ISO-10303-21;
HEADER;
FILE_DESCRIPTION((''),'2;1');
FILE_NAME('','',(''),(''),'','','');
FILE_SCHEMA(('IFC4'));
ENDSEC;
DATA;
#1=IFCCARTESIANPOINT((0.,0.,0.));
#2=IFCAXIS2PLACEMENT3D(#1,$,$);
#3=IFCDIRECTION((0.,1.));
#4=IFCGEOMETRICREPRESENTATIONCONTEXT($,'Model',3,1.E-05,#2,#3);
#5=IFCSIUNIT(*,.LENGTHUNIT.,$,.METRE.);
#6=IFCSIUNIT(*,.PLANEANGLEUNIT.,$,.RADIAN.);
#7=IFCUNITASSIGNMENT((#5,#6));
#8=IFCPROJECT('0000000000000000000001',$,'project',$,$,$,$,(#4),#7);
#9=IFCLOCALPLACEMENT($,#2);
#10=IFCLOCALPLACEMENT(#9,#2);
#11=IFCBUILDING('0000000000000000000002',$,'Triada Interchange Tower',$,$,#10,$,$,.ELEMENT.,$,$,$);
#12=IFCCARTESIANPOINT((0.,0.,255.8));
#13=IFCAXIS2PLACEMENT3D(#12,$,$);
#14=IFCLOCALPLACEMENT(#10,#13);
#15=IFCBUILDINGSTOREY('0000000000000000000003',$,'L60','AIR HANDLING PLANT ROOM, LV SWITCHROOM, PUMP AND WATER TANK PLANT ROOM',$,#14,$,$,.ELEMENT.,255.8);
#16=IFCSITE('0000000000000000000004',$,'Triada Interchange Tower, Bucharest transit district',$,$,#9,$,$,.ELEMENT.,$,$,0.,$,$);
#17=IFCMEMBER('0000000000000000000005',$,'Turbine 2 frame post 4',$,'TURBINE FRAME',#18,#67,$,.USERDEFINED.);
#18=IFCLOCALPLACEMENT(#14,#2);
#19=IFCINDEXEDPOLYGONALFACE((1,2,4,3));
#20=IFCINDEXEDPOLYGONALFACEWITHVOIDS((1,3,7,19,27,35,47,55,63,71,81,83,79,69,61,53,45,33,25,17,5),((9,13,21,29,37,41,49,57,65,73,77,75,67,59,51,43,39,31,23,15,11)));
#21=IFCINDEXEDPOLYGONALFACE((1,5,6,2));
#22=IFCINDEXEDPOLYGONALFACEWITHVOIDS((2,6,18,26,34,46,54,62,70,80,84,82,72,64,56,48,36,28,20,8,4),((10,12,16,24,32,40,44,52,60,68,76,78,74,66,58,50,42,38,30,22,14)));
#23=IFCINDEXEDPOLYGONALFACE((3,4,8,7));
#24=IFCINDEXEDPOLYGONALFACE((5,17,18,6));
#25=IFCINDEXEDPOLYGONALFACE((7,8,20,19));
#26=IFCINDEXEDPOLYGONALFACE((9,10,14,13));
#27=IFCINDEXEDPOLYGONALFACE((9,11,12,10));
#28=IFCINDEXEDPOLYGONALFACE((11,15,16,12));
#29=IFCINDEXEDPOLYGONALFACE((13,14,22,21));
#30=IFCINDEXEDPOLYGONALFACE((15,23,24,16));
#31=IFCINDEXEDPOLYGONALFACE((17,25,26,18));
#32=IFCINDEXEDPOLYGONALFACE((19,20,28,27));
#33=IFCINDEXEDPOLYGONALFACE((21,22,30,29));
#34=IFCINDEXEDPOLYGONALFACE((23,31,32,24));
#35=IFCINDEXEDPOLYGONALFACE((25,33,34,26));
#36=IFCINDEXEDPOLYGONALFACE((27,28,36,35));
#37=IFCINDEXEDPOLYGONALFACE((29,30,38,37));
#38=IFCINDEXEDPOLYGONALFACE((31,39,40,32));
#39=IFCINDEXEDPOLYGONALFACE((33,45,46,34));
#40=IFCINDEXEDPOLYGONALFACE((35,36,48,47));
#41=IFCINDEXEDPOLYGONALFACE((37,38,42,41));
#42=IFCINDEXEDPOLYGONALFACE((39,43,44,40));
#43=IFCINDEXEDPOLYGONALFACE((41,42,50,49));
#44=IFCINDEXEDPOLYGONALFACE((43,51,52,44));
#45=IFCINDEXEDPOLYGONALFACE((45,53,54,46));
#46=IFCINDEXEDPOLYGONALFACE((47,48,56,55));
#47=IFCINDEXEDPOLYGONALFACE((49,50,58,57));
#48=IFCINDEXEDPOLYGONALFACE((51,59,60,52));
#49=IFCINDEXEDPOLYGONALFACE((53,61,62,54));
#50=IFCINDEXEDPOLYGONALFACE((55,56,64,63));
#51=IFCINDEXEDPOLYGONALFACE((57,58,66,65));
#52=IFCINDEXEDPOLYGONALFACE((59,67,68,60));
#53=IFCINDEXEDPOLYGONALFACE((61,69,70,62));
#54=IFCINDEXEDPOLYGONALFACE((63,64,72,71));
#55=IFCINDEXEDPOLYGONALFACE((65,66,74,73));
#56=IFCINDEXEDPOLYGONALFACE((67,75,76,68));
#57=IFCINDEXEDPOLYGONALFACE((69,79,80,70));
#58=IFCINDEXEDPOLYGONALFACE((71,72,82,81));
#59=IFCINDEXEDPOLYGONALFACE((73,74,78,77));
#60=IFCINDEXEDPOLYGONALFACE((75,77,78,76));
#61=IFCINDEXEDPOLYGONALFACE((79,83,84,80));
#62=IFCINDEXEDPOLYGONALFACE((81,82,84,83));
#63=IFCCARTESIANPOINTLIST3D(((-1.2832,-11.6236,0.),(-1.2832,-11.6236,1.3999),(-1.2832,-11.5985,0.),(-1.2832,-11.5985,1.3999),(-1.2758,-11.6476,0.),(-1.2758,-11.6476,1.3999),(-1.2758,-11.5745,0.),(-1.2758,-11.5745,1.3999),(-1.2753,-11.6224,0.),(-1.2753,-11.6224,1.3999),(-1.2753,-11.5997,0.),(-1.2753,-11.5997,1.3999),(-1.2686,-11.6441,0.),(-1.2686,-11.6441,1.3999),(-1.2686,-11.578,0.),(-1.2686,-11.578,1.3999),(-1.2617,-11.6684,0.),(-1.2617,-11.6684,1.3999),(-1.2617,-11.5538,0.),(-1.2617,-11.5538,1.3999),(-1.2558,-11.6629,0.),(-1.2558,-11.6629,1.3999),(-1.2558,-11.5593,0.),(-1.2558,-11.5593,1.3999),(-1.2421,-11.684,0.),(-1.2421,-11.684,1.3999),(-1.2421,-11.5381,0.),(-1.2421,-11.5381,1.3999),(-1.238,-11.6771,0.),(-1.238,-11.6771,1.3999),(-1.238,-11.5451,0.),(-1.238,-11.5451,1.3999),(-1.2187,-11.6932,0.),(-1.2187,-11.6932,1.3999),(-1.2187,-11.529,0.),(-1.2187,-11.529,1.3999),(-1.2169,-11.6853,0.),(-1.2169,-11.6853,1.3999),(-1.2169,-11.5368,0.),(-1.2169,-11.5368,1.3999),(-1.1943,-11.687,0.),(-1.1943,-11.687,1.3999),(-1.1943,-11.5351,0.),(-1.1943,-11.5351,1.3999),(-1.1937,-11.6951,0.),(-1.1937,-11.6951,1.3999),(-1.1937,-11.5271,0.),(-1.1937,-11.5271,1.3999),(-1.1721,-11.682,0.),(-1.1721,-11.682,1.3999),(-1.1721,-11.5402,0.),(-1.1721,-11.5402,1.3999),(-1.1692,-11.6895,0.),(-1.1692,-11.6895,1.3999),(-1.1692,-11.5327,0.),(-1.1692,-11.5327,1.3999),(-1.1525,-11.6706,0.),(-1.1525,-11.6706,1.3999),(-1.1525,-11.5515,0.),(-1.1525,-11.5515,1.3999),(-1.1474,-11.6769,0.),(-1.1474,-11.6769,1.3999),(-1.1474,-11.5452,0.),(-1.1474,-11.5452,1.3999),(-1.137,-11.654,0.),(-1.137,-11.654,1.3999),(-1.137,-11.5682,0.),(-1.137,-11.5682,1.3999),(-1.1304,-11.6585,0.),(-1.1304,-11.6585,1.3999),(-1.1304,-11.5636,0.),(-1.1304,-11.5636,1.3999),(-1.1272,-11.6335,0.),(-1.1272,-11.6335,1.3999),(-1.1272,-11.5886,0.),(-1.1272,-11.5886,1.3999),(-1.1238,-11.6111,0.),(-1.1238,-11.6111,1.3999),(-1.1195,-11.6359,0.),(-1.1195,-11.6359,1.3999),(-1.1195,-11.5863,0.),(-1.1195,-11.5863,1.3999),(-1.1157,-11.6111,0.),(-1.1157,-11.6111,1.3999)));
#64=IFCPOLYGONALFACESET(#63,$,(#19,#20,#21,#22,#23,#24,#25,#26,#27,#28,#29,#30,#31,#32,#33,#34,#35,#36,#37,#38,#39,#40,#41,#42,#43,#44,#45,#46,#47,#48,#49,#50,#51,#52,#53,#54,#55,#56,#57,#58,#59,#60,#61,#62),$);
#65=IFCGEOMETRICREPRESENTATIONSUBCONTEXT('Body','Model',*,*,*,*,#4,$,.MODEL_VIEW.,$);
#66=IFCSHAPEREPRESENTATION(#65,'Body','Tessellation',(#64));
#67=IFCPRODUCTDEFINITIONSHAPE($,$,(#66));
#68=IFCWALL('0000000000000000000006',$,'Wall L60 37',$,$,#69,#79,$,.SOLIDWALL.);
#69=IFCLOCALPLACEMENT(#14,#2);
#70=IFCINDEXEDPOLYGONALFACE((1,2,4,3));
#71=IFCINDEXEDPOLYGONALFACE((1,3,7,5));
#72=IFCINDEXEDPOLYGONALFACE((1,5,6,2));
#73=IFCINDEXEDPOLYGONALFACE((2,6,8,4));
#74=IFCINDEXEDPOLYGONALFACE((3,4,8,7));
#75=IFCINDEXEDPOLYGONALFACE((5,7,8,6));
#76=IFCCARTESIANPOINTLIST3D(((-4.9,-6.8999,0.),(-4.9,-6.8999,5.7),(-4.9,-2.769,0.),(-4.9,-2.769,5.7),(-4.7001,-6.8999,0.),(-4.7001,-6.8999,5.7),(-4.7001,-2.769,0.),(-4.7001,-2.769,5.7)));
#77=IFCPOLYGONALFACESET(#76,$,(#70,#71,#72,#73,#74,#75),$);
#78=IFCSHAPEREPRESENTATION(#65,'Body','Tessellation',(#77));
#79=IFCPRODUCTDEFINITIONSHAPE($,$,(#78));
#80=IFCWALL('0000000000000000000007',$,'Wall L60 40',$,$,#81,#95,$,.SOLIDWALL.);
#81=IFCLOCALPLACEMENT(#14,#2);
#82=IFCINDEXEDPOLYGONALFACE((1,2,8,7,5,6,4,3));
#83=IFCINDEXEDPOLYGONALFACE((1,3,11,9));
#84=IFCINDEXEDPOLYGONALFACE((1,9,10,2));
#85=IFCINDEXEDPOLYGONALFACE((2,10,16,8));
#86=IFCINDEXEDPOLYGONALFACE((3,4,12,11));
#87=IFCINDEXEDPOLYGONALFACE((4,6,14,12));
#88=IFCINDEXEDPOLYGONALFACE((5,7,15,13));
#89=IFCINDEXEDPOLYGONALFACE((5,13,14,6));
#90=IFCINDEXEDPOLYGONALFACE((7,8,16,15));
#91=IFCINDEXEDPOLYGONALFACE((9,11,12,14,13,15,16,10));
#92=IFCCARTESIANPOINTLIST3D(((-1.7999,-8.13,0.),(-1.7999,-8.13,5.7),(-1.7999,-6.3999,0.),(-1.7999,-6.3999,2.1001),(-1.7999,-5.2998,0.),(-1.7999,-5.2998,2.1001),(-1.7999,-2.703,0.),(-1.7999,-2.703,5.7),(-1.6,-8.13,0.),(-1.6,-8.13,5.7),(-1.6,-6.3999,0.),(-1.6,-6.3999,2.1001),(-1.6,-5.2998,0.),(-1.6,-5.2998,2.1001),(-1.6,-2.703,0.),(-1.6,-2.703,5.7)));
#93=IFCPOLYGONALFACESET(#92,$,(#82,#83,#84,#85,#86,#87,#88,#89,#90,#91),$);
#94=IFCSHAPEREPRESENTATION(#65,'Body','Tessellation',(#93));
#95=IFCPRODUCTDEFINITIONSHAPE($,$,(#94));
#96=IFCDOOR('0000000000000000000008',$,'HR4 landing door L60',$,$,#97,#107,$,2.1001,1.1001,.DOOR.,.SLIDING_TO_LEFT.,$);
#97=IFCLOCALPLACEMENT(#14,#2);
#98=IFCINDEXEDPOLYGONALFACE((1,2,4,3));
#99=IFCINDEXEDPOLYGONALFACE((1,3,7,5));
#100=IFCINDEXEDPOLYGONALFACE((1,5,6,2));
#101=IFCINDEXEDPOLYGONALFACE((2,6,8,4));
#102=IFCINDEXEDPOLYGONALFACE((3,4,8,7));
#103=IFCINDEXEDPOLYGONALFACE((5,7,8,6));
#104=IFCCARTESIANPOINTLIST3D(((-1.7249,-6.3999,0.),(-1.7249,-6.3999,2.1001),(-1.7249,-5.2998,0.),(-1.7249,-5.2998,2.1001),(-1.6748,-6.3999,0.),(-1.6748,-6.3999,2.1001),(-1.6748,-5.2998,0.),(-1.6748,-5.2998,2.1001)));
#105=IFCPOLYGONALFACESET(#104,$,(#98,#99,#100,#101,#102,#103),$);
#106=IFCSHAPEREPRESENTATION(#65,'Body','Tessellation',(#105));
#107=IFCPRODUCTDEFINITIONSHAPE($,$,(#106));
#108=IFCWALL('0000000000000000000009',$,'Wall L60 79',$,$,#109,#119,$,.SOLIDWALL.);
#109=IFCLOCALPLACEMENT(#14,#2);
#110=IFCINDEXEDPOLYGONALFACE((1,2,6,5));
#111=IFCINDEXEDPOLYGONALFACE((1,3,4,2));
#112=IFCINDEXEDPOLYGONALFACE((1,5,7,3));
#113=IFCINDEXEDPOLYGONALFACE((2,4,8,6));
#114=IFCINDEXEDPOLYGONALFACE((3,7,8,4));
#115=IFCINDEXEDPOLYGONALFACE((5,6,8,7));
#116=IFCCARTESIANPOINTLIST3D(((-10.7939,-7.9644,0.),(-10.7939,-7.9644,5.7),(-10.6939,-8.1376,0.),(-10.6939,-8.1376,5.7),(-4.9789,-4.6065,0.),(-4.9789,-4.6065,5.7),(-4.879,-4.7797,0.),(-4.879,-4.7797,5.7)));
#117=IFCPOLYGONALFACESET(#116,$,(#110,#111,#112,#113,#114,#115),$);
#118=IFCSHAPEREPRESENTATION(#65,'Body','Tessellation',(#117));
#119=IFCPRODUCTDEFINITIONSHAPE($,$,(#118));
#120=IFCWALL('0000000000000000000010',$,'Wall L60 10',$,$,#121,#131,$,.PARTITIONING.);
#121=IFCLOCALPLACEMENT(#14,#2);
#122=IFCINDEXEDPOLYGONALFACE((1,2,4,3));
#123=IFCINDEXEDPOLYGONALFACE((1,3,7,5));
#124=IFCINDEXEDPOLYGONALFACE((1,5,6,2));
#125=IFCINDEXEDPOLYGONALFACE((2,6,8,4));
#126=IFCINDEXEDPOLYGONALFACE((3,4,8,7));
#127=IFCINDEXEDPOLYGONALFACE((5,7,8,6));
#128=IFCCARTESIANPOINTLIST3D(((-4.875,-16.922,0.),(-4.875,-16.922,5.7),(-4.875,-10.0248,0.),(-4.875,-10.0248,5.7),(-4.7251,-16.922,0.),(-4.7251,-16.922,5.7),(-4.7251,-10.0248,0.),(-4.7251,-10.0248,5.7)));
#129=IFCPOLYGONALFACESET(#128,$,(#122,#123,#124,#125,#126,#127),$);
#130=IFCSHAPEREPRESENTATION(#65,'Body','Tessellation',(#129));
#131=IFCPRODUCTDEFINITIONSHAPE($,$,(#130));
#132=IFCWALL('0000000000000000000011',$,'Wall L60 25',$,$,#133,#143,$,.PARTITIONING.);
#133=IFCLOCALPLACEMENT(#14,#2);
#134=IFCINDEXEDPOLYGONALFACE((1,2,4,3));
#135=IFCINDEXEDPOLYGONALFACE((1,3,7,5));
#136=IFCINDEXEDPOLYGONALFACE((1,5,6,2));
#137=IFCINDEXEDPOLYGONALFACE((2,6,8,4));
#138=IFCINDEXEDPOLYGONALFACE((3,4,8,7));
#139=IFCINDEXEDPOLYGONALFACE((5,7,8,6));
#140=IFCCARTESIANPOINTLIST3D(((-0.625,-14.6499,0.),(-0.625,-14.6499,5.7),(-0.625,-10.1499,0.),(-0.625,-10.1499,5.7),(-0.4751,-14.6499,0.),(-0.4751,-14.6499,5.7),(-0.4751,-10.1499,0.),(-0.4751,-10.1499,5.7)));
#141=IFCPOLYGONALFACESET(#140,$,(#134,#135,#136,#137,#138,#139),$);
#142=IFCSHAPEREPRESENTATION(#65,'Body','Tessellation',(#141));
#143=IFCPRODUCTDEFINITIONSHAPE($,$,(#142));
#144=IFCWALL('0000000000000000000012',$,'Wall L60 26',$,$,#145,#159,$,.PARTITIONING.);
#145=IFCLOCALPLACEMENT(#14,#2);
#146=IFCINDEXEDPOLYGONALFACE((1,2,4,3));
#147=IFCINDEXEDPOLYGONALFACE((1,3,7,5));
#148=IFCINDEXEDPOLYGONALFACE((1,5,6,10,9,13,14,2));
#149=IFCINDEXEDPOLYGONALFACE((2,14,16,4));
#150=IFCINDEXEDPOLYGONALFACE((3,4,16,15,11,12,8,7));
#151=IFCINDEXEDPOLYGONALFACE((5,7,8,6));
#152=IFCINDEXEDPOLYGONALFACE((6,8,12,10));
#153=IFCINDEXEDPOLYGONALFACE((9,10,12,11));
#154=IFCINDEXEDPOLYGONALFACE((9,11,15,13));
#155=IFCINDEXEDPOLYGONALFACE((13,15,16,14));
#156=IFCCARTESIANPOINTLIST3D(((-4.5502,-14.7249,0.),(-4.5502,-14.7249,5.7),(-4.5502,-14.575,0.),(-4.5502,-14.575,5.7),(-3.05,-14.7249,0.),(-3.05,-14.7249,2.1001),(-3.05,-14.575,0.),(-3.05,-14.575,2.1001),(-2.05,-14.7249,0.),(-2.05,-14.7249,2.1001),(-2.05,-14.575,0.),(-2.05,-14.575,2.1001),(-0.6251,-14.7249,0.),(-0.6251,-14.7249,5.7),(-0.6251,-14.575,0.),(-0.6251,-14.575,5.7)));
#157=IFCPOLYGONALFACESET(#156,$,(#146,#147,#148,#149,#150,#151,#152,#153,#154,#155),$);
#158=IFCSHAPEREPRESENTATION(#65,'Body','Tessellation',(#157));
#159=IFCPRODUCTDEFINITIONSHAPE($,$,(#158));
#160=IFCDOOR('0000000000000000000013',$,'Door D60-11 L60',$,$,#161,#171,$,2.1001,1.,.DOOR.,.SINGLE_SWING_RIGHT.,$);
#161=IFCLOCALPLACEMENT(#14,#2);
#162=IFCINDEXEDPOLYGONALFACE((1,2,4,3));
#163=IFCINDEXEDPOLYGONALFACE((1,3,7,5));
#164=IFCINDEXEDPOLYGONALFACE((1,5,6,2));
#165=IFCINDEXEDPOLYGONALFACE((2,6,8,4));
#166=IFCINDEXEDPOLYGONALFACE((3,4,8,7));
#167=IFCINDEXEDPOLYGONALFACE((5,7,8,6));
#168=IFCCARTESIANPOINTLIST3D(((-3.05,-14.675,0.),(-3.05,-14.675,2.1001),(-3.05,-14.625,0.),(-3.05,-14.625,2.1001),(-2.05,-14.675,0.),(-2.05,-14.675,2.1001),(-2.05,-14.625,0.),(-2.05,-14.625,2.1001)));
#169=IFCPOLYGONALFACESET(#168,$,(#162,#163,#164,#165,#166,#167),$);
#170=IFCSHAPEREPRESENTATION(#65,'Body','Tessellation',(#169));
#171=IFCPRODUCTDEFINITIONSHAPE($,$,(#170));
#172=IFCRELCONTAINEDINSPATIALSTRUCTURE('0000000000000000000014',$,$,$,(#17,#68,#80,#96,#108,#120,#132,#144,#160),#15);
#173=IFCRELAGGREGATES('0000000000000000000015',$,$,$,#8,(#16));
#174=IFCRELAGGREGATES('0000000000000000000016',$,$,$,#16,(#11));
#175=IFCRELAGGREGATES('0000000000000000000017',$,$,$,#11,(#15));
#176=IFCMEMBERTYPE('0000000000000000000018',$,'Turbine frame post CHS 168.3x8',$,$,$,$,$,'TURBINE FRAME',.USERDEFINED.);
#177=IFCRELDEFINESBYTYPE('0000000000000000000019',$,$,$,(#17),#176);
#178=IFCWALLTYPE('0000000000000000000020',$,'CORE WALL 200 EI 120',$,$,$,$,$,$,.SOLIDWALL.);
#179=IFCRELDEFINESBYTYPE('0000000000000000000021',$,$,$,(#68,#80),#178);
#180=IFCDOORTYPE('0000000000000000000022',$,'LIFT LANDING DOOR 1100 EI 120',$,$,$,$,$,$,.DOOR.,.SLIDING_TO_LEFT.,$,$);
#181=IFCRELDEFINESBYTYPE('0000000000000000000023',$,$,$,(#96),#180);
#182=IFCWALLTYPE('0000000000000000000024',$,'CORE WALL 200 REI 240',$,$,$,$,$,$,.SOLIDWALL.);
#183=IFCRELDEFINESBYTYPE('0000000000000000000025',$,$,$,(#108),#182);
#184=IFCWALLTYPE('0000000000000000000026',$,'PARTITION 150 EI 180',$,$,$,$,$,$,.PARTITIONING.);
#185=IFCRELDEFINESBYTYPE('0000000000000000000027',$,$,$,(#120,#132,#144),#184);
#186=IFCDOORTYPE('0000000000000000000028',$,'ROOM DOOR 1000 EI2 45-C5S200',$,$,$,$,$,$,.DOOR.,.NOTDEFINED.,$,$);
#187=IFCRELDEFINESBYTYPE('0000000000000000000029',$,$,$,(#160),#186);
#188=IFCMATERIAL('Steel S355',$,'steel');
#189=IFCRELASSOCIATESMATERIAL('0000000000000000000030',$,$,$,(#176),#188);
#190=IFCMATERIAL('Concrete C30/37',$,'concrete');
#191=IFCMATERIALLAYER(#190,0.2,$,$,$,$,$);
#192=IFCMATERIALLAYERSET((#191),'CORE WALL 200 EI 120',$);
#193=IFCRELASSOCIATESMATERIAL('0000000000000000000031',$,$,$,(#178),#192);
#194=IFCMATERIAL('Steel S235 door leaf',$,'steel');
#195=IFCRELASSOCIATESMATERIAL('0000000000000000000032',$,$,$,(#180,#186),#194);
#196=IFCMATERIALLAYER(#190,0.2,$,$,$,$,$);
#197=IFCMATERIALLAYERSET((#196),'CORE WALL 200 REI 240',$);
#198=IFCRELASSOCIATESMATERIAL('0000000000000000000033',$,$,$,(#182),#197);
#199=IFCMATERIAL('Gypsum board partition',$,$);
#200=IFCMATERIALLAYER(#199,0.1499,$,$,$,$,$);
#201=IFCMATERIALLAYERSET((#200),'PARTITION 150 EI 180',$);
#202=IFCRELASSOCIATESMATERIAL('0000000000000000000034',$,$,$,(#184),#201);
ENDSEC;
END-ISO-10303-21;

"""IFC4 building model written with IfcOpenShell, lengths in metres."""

from ifc_helpers import new_model, si_unit, direction, frame, frame_2d, origin, origin_2d, place, context, subcontext, project, spatial, rectangle, hollow_circle, extrude, material, layer, layer_set, material_profile, profile_set, type_object, element, fill, save


model = new_model("IFC4")

# Units and contexts
model_context = context("Model", 3, precision=1e-05, world=origin(), true_north=direction((0.0, 1.0)))
body_context = subcontext(model_context, "Body", "Model", "MODEL_VIEW")
ifc_project = project(units=[si_unit("LENGTHUNIT", "METRE"), si_unit("PLANEANGLEUNIT", "RADIAN")], contexts=[model_context])

# Site, building, storey
site_placement = place(None, origin())
site = spatial("IfcSite", under=ifc_project, at=site_placement, Name="Triada Interchange Tower, Bucharest transit district", CompositionType="ELEMENT", RefElevation=0.0)
building_placement = place(site_placement, origin())
building = spatial("IfcBuilding", under=site, at=building_placement, Name="Triada Interchange Tower", CompositionType="ELEMENT")
storey_placement = place(building_placement, frame((0.0, 0.0, 255.8)))
storey = spatial("IfcBuildingStorey", under=building, at=storey_placement, Name="L60", Description="AIR HANDLING PLANT ROOM, LV SWITCHROOM, PUMP AND WATER TANK PLANT ROOM", CompositionType="ELEMENT", Elevation=255.8)

# Member
ifc_material_1 = material(Name="Steel S355", Category="steel")
ifc_material_profile_1 = material_profile(ifc_material_1, hollow_circle(Radius=0.0842, WallThickness=0.0081, at=origin_2d()), Name="CHS 168.3x8")
ifc_profile_set_1 = profile_set([ifc_material_profile_1], Name="Steel S355")
member_type_1 = type_object("IfcMemberType", Name="Turbine frame post CHS 168.3x8", ElementType="TURBINE FRAME", PredefinedType="USERDEFINED", material=ifc_profile_set_1)
for number, where, z_axis, x_axis, name in (
    (1, (-1.2, -11.6111, 0.0), (0.0, 0.0, 1.0), (1.0, 0.0, 0.0), "Turbine 2 frame post 4"),
):
    element("IfcMember", number, at=place(storey_placement, frame(where, z_axis=z_axis, x_axis=x_axis)), inside=storey, type_object=member_type_1, Name=name, ObjectType="TURBINE FRAME", PredefinedType="USERDEFINED", context=body_context, shape_type="SweptSolid", body=[
        extrude(hollow_circle(Radius=0.0842, WallThickness=0.0081, at=origin_2d()), origin(), (0.0, 0.0, 1.0), 1.3999),
    ])

# Wall
ifc_material_2 = material(Name="Concrete C30/37", Category="concrete")
ifc_layer_1 = layer(ifc_material_2, 0.2)
ifc_layer_set_1 = layer_set([ifc_layer_1], Name="CORE WALL 200 EI 120")
wall_type_1 = type_object("IfcWallType", Name="CORE WALL 200 EI 120", PredefinedType="SOLIDWALL", material=ifc_layer_set_1)
wall_1_placement = place(storey_placement, frame((-4.8, -6.8999, 0.0), z_axis=(0.0, 0.0, 1.0), x_axis=(0.0, 1.0, 0.0)))
element("IfcWall", 2, at=wall_1_placement, inside=storey, type_object=wall_type_1, Name="Wall L60 37", PredefinedType="SOLIDWALL", context=body_context, shape_type="SweptSolid", body=[
    extrude(rectangle(XDim=4.1309, YDim=0.2, at=frame_2d((2.0654, 0.0))), origin(), (0.0, 0.0, 1.0), 5.7),
])

# Wall, opening, door
wall_2_placement = place(storey_placement, frame((-1.7, -8.1299, 0.0), z_axis=(0.0, 0.0, 1.0), x_axis=(0.0, 1.0, 0.0)))
wall_2 = element("IfcWall", 3, at=wall_2_placement, inside=storey, type_object=wall_type_1, Name="Wall L60 40", PredefinedType="SOLIDWALL", context=body_context, shape_type="SweptSolid", body=[
    extrude(rectangle(XDim=5.427, YDim=0.2, at=frame_2d((2.7134, 0.0))), origin(), (0.0, 0.0, 1.0), 5.7),
])
opening_1_placement = place(wall_2_placement, frame((1.73, 0.0, 0.0)))
opening_1 = element("IfcOpeningElement", 4, at=opening_1_placement, cuts=wall_2, PredefinedType="OPENING", context=body_context, shape_type="SweptSolid", body=[
    extrude(rectangle(XDim=1.1001, YDim=2.1001, at=frame_2d((0.55, 1.05))), frame((0.0, 0.1099, 0.0), z_axis=(0.0, -1.0, 0.0), x_axis=(1.0, 0.0, 0.0)), (0.0, 0.0, 1.0), 0.22),
])
ifc_material_3 = material(Name="Steel S235 door leaf", Category="steel")
door_type_1 = type_object("IfcDoorType", Name="LIFT LANDING DOOR 1100 EI 120", OperationType="SLIDING_TO_LEFT", PredefinedType="DOOR", material=ifc_material_3)
door_1_placement = place(opening_1_placement, origin())
door_1 = element("IfcDoor", 5, at=door_1_placement, inside=storey, type_object=door_type_1, Name="HR4 landing door L60", OperationType="SLIDING_TO_LEFT", OverallHeight=2.1001, OverallWidth=1.1001, PredefinedType="DOOR", context=body_context, shape_type="SweptSolid", body=[
    extrude(rectangle(XDim=1.1001, YDim=2.1001, at=frame_2d((0.55, 1.05))), frame((0.0, 0.0249, 0.0), z_axis=(0.0, -1.0, 0.0), x_axis=(1.0, 0.0, 0.0)), (0.0, 0.0, 1.0), 0.05),
])
fill(opening_1, door_1)

# Wall
ifc_layer_2 = layer(ifc_material_2, 0.2)
ifc_layer_set_2 = layer_set([ifc_layer_2], Name="CORE WALL 200 REI 240")
wall_type_2 = type_object("IfcWallType", Name="CORE WALL 200 REI 240", PredefinedType="SOLIDWALL", material=ifc_layer_set_2)
wall_3_placement = place(storey_placement, frame((-10.7439, -8.051, 0.0), z_axis=(0.0, 0.0, 1.0), x_axis=(0.865983, 0.500073, 0.0)))
element("IfcWall", 6, at=wall_3_placement, inside=storey, type_object=wall_type_2, Name="Wall L60 79", PredefinedType="SOLIDWALL", context=body_context, shape_type="SweptSolid", body=[
    extrude(rectangle(XDim=6.7148, YDim=0.2, at=frame_2d((3.3574, 0.0))), origin(), (0.0, 0.0, 1.0), 5.7),
])

# Walls
ifc_material_4 = material(Name="Gypsum board partition")
ifc_layer_3 = layer(ifc_material_4, 0.1499)
ifc_layer_set_3 = layer_set([ifc_layer_3], Name="PARTITION 150 EI 180")
wall_type_3 = type_object("IfcWallType", Name="PARTITION 150 EI 180", PredefinedType="PARTITIONING", material=ifc_layer_set_3)
wall_4_placement = place(storey_placement, frame((-4.8, -16.9221, 0.0), z_axis=(0.0, 0.0, 1.0), x_axis=(0.0, 1.0, 0.0)))
element("IfcWall", 7, at=wall_4_placement, inside=storey, type_object=wall_type_3, Name="Wall L60 10", PredefinedType="PARTITIONING", context=body_context, shape_type="SweptSolid", body=[
    extrude(rectangle(XDim=6.8972, YDim=0.1499, at=frame_2d((3.4487, 0.0))), origin(), (0.0, 0.0, 1.0), 5.7),
])
wall_5_placement = place(storey_placement, frame((-0.55, -14.6499, 0.0), z_axis=(0.0, 0.0, 1.0), x_axis=(0.0, 1.0, 0.0)))
element("IfcWall", 8, at=wall_5_placement, inside=storey, type_object=wall_type_3, Name="Wall L60 25", PredefinedType="PARTITIONING", context=body_context, shape_type="SweptSolid", body=[
    extrude(rectangle(XDim=4.5, YDim=0.1499, at=frame_2d((2.25, 0.0))), origin(), (0.0, 0.0, 1.0), 5.7),
])

# Wall, opening, door
wall_6_placement = place(storey_placement, frame((-4.55, -14.6499, 0.0), z_axis=(0.0, 0.0, 1.0), x_axis=(1.0, 0.0, 0.0)))
wall_6 = element("IfcWall", 9, at=wall_6_placement, inside=storey, type_object=wall_type_3, Name="Wall L60 26", PredefinedType="PARTITIONING", context=body_context, shape_type="SweptSolid", body=[
    extrude(rectangle(XDim=3.925, YDim=0.1499, at=frame_2d((1.9624, 0.0))), origin(), (0.0, 0.0, 1.0), 5.7),
])
opening_2_placement = place(wall_6_placement, frame((1.5, 0.0, 0.0)))
opening_2 = element("IfcOpeningElement", 10, at=opening_2_placement, cuts=wall_6, PredefinedType="OPENING", context=body_context, shape_type="SweptSolid", body=[
    extrude(rectangle(XDim=1.0, YDim=2.1001, at=frame_2d((0.5, 1.05))), frame((0.0, 0.085, 0.0), z_axis=(0.0, -1.0, 0.0), x_axis=(1.0, 0.0, 0.0)), (0.0, 0.0, 1.0), 0.1699),
])
door_type_2 = type_object("IfcDoorType", Name="ROOM DOOR 1000 EI2 45-C5S200", OperationType="NOTDEFINED", PredefinedType="DOOR", material=ifc_material_3)
door_2_placement = place(opening_2_placement, origin())
door_2 = element("IfcDoor", 11, at=door_2_placement, inside=storey, type_object=door_type_2, Name="Door D60-11 L60", OperationType="SINGLE_SWING_RIGHT", OverallHeight=2.1001, OverallWidth=1.0, PredefinedType="DOOR", context=body_context, shape_type="SweptSolid", body=[
    extrude(rectangle(XDim=1.0, YDim=2.1001, at=frame_2d((0.5, 1.05))), frame((0.0, 0.0249, 0.0), z_axis=(0.0, -1.0, 0.0), x_axis=(1.0, 0.0, 0.0)), (0.0, 0.0, 1.0), 0.05),
])
fill(opening_2, door_2)

save(model, "model.ifc")
